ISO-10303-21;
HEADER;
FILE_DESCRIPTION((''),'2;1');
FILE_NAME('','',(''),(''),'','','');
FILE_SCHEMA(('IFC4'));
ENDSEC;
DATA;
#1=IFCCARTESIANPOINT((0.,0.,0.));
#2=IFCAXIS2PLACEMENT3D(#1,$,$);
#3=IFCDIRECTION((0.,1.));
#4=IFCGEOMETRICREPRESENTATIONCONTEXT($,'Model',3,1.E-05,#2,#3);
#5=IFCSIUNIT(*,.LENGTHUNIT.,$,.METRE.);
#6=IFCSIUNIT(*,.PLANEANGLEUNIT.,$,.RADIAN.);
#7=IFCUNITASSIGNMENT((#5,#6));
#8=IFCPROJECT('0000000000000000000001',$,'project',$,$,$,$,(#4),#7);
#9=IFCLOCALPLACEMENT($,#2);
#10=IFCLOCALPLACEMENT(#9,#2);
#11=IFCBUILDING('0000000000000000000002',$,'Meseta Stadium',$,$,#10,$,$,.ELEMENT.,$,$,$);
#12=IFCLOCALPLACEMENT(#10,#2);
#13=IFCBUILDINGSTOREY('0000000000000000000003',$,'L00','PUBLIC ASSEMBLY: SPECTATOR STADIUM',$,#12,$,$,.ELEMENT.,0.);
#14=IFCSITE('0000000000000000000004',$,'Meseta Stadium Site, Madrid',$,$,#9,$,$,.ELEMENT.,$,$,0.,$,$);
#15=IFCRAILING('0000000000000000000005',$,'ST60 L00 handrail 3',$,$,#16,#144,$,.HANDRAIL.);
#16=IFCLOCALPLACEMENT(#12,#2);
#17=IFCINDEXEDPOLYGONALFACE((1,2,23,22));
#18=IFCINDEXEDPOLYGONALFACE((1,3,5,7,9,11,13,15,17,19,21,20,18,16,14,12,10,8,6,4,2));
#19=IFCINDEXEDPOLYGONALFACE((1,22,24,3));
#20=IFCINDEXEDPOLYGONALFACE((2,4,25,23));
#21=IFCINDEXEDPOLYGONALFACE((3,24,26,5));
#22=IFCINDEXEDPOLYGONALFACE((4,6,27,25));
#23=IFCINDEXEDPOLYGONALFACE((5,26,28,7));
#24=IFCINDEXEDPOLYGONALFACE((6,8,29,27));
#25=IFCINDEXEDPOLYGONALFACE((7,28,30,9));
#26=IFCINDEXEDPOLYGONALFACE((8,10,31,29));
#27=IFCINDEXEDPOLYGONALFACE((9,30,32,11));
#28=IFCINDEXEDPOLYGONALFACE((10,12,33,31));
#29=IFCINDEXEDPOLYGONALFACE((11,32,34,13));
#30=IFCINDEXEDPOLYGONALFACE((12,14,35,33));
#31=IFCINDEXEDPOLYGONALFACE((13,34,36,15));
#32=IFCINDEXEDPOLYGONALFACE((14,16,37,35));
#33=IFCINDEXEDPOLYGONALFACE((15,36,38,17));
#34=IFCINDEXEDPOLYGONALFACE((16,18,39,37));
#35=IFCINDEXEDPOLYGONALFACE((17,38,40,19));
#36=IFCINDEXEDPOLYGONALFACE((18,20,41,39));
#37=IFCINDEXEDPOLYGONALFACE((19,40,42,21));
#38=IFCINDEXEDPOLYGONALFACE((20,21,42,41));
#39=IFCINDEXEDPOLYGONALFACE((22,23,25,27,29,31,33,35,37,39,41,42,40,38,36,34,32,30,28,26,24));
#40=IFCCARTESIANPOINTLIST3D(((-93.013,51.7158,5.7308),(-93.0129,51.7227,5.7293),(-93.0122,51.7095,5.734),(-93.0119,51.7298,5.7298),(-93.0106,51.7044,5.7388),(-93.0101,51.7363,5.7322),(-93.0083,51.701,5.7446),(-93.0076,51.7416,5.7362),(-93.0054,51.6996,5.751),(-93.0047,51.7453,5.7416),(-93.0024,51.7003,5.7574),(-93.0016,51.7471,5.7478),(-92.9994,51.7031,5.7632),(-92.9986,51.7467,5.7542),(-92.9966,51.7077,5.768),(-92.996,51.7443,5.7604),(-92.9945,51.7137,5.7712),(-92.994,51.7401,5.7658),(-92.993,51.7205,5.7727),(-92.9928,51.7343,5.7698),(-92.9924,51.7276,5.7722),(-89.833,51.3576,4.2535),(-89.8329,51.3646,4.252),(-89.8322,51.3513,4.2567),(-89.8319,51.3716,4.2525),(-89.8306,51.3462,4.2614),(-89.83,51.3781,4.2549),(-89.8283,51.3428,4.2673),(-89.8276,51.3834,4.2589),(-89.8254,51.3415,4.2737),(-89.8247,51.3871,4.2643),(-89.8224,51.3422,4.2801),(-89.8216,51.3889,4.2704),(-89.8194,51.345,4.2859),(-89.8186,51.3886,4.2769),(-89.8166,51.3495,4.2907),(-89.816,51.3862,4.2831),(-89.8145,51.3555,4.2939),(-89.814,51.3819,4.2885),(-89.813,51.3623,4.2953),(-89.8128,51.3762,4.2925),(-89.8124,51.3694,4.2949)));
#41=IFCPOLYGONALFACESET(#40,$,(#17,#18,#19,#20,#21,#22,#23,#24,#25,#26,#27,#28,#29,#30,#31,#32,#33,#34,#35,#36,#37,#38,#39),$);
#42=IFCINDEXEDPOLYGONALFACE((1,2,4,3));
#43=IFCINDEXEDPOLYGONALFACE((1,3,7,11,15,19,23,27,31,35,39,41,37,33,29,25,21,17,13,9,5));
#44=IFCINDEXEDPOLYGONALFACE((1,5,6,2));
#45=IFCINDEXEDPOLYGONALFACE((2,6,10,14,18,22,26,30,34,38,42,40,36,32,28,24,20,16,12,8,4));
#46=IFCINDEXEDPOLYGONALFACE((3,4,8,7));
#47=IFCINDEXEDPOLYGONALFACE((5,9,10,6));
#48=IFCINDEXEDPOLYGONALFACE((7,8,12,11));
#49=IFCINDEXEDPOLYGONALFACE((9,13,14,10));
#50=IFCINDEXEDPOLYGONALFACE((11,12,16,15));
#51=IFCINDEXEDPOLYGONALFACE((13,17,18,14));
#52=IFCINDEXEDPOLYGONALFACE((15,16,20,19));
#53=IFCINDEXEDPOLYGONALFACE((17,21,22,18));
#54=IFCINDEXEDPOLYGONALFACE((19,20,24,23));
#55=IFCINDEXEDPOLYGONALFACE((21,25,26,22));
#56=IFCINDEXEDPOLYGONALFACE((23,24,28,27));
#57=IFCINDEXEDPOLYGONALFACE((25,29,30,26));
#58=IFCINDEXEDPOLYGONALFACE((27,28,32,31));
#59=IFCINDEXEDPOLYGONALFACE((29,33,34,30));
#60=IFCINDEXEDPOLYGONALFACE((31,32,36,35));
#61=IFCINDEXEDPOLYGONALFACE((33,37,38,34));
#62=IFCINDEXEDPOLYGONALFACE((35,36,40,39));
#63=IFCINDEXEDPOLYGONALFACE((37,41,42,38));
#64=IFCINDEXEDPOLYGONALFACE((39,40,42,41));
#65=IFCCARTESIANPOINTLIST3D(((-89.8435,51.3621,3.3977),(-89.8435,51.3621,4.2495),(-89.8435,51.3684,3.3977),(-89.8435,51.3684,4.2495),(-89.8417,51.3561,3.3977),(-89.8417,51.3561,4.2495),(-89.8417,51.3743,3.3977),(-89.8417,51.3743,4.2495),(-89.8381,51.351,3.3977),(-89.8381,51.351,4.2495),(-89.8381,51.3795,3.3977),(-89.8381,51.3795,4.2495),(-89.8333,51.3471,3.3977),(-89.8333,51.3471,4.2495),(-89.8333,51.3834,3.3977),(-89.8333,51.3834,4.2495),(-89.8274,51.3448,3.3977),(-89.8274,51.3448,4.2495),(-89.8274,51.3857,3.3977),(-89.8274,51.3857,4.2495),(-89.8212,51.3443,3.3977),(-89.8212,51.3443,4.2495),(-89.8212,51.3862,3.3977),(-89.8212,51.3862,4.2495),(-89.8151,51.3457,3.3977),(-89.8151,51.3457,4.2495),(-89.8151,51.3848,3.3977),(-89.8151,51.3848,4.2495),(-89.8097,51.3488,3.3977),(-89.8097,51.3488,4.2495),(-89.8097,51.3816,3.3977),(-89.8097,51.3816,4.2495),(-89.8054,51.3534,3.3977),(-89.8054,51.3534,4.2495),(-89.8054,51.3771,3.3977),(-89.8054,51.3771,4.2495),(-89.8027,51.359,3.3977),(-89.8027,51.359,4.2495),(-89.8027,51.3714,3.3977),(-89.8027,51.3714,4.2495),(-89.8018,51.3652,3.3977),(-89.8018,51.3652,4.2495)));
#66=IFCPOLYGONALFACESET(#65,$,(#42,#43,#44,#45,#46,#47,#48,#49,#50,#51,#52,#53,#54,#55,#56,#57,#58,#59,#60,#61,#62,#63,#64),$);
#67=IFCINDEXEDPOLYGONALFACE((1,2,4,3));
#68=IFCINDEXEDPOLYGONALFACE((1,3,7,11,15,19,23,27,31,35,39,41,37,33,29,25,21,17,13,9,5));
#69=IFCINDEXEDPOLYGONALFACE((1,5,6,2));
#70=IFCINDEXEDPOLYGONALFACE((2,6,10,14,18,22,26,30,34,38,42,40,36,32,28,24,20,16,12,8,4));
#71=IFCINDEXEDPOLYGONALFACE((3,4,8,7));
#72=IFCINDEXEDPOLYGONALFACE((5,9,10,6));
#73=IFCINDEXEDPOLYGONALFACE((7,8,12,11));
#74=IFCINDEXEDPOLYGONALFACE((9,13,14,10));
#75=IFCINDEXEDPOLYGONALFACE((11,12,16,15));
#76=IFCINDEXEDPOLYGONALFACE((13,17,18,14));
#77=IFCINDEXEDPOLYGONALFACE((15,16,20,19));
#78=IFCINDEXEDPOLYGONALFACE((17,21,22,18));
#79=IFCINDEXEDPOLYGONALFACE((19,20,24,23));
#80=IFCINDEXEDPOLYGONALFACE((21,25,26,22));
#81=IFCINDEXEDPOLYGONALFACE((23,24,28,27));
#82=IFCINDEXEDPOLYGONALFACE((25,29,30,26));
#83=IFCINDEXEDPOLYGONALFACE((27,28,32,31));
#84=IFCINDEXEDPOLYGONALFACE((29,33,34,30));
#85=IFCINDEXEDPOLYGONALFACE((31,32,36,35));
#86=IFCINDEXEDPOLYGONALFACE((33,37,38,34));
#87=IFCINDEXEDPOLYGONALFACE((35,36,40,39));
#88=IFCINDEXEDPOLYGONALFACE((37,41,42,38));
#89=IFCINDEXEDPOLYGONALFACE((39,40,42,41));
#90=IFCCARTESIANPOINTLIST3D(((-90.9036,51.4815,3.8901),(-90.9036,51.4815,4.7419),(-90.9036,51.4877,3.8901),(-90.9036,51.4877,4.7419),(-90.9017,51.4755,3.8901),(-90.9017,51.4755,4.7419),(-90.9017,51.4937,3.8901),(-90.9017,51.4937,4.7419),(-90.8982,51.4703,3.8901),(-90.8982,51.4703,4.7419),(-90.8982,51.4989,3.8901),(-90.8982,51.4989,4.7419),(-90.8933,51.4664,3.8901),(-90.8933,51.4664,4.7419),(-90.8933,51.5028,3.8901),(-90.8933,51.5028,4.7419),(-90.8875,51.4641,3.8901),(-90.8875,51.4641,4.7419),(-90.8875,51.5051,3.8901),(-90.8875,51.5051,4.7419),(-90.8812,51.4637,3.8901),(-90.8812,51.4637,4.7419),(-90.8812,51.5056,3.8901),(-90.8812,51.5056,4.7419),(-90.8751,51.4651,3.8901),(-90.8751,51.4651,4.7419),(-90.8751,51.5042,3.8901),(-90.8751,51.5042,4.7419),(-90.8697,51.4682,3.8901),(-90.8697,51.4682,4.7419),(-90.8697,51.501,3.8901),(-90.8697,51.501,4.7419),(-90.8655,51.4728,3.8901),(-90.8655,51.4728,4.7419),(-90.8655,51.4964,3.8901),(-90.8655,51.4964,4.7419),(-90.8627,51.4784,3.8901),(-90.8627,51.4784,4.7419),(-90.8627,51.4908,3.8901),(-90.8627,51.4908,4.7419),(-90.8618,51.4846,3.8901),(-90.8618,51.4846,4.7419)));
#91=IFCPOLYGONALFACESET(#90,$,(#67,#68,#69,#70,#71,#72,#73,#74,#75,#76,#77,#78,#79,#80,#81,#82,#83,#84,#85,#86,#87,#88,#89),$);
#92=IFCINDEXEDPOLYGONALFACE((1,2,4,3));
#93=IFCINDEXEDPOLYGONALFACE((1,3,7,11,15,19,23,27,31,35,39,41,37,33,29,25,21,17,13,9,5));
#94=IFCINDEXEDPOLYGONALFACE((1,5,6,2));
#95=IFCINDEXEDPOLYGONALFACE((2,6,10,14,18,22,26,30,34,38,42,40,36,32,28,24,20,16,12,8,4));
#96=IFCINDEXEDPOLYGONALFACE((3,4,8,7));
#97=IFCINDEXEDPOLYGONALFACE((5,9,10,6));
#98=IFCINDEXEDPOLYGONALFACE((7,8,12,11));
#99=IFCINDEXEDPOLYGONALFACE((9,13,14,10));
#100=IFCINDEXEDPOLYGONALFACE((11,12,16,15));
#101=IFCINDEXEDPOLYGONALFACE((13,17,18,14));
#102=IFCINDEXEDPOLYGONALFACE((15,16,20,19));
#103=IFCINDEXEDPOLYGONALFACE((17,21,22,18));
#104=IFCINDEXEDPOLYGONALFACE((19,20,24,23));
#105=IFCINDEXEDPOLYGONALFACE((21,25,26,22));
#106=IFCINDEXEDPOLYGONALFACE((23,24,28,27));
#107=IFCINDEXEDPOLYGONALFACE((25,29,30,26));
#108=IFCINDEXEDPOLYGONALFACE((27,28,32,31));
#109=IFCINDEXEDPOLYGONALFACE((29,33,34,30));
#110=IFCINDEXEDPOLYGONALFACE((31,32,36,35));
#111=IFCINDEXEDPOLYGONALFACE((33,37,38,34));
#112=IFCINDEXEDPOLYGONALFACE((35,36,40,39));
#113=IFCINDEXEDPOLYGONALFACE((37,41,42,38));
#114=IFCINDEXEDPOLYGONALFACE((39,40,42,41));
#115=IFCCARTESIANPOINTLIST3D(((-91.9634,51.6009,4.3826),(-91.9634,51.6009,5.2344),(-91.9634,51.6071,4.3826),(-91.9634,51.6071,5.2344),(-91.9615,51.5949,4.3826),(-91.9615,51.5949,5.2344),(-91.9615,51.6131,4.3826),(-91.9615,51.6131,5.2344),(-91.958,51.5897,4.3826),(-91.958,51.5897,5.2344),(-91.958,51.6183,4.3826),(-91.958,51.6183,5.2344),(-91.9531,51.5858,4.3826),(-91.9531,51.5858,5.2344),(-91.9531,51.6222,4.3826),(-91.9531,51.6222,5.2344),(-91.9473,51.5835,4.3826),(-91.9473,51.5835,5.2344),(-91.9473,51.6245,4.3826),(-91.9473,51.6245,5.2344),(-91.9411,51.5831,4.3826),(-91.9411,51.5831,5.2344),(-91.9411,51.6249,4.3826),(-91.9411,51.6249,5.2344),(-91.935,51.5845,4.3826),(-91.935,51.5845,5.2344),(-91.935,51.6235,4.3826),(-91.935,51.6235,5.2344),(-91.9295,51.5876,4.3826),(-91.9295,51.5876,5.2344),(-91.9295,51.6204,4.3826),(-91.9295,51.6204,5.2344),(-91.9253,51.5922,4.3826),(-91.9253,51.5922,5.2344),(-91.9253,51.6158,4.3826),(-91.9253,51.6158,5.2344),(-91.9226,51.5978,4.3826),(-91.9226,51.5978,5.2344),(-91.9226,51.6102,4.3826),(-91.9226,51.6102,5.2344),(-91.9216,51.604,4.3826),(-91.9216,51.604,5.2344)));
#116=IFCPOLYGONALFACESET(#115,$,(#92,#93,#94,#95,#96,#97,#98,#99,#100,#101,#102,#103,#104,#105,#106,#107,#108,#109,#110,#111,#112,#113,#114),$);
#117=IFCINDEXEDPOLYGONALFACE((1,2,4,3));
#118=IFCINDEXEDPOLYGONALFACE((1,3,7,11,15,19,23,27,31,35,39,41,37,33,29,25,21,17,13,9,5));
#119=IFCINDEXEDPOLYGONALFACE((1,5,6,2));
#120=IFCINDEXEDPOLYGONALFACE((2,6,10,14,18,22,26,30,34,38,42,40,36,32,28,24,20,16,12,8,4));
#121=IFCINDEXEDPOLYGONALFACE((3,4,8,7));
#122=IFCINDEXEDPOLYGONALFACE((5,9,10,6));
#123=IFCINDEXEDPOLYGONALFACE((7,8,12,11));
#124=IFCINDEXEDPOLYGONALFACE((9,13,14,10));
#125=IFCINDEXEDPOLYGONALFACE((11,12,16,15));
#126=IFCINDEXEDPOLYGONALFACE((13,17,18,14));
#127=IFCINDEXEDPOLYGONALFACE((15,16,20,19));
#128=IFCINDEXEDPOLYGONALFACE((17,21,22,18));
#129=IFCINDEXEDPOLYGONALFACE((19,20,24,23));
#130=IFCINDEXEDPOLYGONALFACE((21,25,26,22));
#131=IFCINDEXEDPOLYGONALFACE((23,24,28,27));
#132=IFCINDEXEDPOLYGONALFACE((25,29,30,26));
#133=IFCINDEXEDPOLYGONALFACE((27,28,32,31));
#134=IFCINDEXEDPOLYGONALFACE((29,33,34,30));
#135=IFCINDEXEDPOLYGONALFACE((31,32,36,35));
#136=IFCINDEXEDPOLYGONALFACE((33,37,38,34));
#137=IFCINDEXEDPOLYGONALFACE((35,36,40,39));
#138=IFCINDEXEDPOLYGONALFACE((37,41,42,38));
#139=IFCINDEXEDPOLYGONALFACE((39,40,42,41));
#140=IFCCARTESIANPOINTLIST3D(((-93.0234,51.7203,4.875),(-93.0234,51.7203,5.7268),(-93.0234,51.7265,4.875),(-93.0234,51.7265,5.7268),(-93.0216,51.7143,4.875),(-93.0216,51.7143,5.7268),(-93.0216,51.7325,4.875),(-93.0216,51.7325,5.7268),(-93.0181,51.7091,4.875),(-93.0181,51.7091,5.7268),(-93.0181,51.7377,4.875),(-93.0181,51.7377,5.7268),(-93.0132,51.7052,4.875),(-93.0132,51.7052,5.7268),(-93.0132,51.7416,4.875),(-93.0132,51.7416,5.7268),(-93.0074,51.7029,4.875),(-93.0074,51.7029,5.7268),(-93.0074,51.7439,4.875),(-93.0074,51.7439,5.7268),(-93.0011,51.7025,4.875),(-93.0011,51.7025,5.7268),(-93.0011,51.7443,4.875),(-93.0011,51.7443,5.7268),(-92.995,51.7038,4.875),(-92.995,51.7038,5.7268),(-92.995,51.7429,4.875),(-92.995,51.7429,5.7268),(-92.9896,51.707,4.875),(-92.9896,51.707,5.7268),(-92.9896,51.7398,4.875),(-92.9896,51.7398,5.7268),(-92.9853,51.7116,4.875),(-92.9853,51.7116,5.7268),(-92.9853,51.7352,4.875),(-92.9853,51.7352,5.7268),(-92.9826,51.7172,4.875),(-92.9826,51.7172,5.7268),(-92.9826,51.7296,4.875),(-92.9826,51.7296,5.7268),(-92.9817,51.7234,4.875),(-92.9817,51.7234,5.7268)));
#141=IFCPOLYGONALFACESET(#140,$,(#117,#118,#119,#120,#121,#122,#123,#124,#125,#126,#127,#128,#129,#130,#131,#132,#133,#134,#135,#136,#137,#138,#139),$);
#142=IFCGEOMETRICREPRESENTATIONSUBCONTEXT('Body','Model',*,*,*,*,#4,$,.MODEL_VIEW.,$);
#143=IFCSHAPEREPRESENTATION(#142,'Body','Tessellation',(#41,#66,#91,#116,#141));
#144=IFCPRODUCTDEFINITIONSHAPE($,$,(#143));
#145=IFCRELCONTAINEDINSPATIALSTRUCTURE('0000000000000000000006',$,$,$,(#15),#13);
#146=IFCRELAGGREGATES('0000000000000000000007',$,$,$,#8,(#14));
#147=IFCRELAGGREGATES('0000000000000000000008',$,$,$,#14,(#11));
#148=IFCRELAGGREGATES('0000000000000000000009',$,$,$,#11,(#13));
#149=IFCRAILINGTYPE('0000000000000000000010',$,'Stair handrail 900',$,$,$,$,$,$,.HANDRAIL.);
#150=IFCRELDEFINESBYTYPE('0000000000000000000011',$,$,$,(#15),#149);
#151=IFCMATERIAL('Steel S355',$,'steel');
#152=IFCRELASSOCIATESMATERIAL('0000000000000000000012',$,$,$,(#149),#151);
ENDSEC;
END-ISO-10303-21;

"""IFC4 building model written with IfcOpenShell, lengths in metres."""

from ifc_helpers import new_model, si_unit, direction, frame, origin, origin_2d, place, context, subcontext, project, spatial, circle, extrude, material, type_object, element, save


model = new_model("IFC4")

# Units and contexts
model_context = context("Model", 3, precision=1e-05, world=origin(), true_north=direction((0.0, 1.0)))
body_context = subcontext(model_context, "Body", "Model", "MODEL_VIEW")
ifc_project = project(units=[si_unit("LENGTHUNIT", "METRE"), si_unit("PLANEANGLEUNIT", "RADIAN")], contexts=[model_context])

# Site, building, storey
site_placement = place(None, origin())
site = spatial("IfcSite", under=ifc_project, at=site_placement, Name="Meseta Stadium Site, Madrid", CompositionType="ELEMENT", RefElevation=0.0)
building_placement = place(site_placement, origin())
building = spatial("IfcBuilding", under=site, at=building_placement, Name="Meseta Stadium", CompositionType="ELEMENT")
storey_placement = place(building_placement, origin())
storey = spatial("IfcBuildingStorey", under=building, at=storey_placement, Name="L00", Description="PUBLIC ASSEMBLY: SPECTATOR STADIUM", CompositionType="ELEMENT", Elevation=0.0)

# Railing
ifc_material_1 = material(Name="Steel S355", Category="steel")
railing_type_1 = type_object("IfcRailingType", Name="Stair handrail 900", PredefinedType="HANDRAIL", material=ifc_material_1)
for number, where, name in (
    (1, (-89.8228, 51.3652, 3.3977), "ST60 L00 handrail 3"),
):
    element("IfcRailing", number, at=place(storey_placement, frame(where)), inside=storey, type_object=railing_type_1, Name=name, PredefinedType="HANDRAIL", context=body_context, shape_type="SweptSolid", body=[
        extrude(circle(Radius=0.0239, at=origin_2d()), frame((0.0, 0.0, 0.876), z_axis=(-0.902217, 0.101616, 0.419141), x_axis=(-0.111922, -0.993717, 0.0)), (0.0, 0.0, 1.0), 3.5247),
        extrude(circle(Radius=0.021, at=origin_2d()), origin(), (0.0, 0.0, 1.0), 0.8518),
        extrude(circle(Radius=0.021, at=origin_2d()), frame((-1.0601, 0.1194, 0.4924)), (0.0, 0.0, 1.0), 0.8518),
        extrude(circle(Radius=0.021, at=origin_2d()), frame((-2.1199, 0.2388, 0.9849)), (0.0, 0.0, 1.0), 0.8518),
        extrude(circle(Radius=0.021, at=origin_2d()), frame((-3.1799, 0.3582, 1.4773)), (0.0, 0.0, 1.0), 0.8518),
    ])

save(model, "model.ifc")
